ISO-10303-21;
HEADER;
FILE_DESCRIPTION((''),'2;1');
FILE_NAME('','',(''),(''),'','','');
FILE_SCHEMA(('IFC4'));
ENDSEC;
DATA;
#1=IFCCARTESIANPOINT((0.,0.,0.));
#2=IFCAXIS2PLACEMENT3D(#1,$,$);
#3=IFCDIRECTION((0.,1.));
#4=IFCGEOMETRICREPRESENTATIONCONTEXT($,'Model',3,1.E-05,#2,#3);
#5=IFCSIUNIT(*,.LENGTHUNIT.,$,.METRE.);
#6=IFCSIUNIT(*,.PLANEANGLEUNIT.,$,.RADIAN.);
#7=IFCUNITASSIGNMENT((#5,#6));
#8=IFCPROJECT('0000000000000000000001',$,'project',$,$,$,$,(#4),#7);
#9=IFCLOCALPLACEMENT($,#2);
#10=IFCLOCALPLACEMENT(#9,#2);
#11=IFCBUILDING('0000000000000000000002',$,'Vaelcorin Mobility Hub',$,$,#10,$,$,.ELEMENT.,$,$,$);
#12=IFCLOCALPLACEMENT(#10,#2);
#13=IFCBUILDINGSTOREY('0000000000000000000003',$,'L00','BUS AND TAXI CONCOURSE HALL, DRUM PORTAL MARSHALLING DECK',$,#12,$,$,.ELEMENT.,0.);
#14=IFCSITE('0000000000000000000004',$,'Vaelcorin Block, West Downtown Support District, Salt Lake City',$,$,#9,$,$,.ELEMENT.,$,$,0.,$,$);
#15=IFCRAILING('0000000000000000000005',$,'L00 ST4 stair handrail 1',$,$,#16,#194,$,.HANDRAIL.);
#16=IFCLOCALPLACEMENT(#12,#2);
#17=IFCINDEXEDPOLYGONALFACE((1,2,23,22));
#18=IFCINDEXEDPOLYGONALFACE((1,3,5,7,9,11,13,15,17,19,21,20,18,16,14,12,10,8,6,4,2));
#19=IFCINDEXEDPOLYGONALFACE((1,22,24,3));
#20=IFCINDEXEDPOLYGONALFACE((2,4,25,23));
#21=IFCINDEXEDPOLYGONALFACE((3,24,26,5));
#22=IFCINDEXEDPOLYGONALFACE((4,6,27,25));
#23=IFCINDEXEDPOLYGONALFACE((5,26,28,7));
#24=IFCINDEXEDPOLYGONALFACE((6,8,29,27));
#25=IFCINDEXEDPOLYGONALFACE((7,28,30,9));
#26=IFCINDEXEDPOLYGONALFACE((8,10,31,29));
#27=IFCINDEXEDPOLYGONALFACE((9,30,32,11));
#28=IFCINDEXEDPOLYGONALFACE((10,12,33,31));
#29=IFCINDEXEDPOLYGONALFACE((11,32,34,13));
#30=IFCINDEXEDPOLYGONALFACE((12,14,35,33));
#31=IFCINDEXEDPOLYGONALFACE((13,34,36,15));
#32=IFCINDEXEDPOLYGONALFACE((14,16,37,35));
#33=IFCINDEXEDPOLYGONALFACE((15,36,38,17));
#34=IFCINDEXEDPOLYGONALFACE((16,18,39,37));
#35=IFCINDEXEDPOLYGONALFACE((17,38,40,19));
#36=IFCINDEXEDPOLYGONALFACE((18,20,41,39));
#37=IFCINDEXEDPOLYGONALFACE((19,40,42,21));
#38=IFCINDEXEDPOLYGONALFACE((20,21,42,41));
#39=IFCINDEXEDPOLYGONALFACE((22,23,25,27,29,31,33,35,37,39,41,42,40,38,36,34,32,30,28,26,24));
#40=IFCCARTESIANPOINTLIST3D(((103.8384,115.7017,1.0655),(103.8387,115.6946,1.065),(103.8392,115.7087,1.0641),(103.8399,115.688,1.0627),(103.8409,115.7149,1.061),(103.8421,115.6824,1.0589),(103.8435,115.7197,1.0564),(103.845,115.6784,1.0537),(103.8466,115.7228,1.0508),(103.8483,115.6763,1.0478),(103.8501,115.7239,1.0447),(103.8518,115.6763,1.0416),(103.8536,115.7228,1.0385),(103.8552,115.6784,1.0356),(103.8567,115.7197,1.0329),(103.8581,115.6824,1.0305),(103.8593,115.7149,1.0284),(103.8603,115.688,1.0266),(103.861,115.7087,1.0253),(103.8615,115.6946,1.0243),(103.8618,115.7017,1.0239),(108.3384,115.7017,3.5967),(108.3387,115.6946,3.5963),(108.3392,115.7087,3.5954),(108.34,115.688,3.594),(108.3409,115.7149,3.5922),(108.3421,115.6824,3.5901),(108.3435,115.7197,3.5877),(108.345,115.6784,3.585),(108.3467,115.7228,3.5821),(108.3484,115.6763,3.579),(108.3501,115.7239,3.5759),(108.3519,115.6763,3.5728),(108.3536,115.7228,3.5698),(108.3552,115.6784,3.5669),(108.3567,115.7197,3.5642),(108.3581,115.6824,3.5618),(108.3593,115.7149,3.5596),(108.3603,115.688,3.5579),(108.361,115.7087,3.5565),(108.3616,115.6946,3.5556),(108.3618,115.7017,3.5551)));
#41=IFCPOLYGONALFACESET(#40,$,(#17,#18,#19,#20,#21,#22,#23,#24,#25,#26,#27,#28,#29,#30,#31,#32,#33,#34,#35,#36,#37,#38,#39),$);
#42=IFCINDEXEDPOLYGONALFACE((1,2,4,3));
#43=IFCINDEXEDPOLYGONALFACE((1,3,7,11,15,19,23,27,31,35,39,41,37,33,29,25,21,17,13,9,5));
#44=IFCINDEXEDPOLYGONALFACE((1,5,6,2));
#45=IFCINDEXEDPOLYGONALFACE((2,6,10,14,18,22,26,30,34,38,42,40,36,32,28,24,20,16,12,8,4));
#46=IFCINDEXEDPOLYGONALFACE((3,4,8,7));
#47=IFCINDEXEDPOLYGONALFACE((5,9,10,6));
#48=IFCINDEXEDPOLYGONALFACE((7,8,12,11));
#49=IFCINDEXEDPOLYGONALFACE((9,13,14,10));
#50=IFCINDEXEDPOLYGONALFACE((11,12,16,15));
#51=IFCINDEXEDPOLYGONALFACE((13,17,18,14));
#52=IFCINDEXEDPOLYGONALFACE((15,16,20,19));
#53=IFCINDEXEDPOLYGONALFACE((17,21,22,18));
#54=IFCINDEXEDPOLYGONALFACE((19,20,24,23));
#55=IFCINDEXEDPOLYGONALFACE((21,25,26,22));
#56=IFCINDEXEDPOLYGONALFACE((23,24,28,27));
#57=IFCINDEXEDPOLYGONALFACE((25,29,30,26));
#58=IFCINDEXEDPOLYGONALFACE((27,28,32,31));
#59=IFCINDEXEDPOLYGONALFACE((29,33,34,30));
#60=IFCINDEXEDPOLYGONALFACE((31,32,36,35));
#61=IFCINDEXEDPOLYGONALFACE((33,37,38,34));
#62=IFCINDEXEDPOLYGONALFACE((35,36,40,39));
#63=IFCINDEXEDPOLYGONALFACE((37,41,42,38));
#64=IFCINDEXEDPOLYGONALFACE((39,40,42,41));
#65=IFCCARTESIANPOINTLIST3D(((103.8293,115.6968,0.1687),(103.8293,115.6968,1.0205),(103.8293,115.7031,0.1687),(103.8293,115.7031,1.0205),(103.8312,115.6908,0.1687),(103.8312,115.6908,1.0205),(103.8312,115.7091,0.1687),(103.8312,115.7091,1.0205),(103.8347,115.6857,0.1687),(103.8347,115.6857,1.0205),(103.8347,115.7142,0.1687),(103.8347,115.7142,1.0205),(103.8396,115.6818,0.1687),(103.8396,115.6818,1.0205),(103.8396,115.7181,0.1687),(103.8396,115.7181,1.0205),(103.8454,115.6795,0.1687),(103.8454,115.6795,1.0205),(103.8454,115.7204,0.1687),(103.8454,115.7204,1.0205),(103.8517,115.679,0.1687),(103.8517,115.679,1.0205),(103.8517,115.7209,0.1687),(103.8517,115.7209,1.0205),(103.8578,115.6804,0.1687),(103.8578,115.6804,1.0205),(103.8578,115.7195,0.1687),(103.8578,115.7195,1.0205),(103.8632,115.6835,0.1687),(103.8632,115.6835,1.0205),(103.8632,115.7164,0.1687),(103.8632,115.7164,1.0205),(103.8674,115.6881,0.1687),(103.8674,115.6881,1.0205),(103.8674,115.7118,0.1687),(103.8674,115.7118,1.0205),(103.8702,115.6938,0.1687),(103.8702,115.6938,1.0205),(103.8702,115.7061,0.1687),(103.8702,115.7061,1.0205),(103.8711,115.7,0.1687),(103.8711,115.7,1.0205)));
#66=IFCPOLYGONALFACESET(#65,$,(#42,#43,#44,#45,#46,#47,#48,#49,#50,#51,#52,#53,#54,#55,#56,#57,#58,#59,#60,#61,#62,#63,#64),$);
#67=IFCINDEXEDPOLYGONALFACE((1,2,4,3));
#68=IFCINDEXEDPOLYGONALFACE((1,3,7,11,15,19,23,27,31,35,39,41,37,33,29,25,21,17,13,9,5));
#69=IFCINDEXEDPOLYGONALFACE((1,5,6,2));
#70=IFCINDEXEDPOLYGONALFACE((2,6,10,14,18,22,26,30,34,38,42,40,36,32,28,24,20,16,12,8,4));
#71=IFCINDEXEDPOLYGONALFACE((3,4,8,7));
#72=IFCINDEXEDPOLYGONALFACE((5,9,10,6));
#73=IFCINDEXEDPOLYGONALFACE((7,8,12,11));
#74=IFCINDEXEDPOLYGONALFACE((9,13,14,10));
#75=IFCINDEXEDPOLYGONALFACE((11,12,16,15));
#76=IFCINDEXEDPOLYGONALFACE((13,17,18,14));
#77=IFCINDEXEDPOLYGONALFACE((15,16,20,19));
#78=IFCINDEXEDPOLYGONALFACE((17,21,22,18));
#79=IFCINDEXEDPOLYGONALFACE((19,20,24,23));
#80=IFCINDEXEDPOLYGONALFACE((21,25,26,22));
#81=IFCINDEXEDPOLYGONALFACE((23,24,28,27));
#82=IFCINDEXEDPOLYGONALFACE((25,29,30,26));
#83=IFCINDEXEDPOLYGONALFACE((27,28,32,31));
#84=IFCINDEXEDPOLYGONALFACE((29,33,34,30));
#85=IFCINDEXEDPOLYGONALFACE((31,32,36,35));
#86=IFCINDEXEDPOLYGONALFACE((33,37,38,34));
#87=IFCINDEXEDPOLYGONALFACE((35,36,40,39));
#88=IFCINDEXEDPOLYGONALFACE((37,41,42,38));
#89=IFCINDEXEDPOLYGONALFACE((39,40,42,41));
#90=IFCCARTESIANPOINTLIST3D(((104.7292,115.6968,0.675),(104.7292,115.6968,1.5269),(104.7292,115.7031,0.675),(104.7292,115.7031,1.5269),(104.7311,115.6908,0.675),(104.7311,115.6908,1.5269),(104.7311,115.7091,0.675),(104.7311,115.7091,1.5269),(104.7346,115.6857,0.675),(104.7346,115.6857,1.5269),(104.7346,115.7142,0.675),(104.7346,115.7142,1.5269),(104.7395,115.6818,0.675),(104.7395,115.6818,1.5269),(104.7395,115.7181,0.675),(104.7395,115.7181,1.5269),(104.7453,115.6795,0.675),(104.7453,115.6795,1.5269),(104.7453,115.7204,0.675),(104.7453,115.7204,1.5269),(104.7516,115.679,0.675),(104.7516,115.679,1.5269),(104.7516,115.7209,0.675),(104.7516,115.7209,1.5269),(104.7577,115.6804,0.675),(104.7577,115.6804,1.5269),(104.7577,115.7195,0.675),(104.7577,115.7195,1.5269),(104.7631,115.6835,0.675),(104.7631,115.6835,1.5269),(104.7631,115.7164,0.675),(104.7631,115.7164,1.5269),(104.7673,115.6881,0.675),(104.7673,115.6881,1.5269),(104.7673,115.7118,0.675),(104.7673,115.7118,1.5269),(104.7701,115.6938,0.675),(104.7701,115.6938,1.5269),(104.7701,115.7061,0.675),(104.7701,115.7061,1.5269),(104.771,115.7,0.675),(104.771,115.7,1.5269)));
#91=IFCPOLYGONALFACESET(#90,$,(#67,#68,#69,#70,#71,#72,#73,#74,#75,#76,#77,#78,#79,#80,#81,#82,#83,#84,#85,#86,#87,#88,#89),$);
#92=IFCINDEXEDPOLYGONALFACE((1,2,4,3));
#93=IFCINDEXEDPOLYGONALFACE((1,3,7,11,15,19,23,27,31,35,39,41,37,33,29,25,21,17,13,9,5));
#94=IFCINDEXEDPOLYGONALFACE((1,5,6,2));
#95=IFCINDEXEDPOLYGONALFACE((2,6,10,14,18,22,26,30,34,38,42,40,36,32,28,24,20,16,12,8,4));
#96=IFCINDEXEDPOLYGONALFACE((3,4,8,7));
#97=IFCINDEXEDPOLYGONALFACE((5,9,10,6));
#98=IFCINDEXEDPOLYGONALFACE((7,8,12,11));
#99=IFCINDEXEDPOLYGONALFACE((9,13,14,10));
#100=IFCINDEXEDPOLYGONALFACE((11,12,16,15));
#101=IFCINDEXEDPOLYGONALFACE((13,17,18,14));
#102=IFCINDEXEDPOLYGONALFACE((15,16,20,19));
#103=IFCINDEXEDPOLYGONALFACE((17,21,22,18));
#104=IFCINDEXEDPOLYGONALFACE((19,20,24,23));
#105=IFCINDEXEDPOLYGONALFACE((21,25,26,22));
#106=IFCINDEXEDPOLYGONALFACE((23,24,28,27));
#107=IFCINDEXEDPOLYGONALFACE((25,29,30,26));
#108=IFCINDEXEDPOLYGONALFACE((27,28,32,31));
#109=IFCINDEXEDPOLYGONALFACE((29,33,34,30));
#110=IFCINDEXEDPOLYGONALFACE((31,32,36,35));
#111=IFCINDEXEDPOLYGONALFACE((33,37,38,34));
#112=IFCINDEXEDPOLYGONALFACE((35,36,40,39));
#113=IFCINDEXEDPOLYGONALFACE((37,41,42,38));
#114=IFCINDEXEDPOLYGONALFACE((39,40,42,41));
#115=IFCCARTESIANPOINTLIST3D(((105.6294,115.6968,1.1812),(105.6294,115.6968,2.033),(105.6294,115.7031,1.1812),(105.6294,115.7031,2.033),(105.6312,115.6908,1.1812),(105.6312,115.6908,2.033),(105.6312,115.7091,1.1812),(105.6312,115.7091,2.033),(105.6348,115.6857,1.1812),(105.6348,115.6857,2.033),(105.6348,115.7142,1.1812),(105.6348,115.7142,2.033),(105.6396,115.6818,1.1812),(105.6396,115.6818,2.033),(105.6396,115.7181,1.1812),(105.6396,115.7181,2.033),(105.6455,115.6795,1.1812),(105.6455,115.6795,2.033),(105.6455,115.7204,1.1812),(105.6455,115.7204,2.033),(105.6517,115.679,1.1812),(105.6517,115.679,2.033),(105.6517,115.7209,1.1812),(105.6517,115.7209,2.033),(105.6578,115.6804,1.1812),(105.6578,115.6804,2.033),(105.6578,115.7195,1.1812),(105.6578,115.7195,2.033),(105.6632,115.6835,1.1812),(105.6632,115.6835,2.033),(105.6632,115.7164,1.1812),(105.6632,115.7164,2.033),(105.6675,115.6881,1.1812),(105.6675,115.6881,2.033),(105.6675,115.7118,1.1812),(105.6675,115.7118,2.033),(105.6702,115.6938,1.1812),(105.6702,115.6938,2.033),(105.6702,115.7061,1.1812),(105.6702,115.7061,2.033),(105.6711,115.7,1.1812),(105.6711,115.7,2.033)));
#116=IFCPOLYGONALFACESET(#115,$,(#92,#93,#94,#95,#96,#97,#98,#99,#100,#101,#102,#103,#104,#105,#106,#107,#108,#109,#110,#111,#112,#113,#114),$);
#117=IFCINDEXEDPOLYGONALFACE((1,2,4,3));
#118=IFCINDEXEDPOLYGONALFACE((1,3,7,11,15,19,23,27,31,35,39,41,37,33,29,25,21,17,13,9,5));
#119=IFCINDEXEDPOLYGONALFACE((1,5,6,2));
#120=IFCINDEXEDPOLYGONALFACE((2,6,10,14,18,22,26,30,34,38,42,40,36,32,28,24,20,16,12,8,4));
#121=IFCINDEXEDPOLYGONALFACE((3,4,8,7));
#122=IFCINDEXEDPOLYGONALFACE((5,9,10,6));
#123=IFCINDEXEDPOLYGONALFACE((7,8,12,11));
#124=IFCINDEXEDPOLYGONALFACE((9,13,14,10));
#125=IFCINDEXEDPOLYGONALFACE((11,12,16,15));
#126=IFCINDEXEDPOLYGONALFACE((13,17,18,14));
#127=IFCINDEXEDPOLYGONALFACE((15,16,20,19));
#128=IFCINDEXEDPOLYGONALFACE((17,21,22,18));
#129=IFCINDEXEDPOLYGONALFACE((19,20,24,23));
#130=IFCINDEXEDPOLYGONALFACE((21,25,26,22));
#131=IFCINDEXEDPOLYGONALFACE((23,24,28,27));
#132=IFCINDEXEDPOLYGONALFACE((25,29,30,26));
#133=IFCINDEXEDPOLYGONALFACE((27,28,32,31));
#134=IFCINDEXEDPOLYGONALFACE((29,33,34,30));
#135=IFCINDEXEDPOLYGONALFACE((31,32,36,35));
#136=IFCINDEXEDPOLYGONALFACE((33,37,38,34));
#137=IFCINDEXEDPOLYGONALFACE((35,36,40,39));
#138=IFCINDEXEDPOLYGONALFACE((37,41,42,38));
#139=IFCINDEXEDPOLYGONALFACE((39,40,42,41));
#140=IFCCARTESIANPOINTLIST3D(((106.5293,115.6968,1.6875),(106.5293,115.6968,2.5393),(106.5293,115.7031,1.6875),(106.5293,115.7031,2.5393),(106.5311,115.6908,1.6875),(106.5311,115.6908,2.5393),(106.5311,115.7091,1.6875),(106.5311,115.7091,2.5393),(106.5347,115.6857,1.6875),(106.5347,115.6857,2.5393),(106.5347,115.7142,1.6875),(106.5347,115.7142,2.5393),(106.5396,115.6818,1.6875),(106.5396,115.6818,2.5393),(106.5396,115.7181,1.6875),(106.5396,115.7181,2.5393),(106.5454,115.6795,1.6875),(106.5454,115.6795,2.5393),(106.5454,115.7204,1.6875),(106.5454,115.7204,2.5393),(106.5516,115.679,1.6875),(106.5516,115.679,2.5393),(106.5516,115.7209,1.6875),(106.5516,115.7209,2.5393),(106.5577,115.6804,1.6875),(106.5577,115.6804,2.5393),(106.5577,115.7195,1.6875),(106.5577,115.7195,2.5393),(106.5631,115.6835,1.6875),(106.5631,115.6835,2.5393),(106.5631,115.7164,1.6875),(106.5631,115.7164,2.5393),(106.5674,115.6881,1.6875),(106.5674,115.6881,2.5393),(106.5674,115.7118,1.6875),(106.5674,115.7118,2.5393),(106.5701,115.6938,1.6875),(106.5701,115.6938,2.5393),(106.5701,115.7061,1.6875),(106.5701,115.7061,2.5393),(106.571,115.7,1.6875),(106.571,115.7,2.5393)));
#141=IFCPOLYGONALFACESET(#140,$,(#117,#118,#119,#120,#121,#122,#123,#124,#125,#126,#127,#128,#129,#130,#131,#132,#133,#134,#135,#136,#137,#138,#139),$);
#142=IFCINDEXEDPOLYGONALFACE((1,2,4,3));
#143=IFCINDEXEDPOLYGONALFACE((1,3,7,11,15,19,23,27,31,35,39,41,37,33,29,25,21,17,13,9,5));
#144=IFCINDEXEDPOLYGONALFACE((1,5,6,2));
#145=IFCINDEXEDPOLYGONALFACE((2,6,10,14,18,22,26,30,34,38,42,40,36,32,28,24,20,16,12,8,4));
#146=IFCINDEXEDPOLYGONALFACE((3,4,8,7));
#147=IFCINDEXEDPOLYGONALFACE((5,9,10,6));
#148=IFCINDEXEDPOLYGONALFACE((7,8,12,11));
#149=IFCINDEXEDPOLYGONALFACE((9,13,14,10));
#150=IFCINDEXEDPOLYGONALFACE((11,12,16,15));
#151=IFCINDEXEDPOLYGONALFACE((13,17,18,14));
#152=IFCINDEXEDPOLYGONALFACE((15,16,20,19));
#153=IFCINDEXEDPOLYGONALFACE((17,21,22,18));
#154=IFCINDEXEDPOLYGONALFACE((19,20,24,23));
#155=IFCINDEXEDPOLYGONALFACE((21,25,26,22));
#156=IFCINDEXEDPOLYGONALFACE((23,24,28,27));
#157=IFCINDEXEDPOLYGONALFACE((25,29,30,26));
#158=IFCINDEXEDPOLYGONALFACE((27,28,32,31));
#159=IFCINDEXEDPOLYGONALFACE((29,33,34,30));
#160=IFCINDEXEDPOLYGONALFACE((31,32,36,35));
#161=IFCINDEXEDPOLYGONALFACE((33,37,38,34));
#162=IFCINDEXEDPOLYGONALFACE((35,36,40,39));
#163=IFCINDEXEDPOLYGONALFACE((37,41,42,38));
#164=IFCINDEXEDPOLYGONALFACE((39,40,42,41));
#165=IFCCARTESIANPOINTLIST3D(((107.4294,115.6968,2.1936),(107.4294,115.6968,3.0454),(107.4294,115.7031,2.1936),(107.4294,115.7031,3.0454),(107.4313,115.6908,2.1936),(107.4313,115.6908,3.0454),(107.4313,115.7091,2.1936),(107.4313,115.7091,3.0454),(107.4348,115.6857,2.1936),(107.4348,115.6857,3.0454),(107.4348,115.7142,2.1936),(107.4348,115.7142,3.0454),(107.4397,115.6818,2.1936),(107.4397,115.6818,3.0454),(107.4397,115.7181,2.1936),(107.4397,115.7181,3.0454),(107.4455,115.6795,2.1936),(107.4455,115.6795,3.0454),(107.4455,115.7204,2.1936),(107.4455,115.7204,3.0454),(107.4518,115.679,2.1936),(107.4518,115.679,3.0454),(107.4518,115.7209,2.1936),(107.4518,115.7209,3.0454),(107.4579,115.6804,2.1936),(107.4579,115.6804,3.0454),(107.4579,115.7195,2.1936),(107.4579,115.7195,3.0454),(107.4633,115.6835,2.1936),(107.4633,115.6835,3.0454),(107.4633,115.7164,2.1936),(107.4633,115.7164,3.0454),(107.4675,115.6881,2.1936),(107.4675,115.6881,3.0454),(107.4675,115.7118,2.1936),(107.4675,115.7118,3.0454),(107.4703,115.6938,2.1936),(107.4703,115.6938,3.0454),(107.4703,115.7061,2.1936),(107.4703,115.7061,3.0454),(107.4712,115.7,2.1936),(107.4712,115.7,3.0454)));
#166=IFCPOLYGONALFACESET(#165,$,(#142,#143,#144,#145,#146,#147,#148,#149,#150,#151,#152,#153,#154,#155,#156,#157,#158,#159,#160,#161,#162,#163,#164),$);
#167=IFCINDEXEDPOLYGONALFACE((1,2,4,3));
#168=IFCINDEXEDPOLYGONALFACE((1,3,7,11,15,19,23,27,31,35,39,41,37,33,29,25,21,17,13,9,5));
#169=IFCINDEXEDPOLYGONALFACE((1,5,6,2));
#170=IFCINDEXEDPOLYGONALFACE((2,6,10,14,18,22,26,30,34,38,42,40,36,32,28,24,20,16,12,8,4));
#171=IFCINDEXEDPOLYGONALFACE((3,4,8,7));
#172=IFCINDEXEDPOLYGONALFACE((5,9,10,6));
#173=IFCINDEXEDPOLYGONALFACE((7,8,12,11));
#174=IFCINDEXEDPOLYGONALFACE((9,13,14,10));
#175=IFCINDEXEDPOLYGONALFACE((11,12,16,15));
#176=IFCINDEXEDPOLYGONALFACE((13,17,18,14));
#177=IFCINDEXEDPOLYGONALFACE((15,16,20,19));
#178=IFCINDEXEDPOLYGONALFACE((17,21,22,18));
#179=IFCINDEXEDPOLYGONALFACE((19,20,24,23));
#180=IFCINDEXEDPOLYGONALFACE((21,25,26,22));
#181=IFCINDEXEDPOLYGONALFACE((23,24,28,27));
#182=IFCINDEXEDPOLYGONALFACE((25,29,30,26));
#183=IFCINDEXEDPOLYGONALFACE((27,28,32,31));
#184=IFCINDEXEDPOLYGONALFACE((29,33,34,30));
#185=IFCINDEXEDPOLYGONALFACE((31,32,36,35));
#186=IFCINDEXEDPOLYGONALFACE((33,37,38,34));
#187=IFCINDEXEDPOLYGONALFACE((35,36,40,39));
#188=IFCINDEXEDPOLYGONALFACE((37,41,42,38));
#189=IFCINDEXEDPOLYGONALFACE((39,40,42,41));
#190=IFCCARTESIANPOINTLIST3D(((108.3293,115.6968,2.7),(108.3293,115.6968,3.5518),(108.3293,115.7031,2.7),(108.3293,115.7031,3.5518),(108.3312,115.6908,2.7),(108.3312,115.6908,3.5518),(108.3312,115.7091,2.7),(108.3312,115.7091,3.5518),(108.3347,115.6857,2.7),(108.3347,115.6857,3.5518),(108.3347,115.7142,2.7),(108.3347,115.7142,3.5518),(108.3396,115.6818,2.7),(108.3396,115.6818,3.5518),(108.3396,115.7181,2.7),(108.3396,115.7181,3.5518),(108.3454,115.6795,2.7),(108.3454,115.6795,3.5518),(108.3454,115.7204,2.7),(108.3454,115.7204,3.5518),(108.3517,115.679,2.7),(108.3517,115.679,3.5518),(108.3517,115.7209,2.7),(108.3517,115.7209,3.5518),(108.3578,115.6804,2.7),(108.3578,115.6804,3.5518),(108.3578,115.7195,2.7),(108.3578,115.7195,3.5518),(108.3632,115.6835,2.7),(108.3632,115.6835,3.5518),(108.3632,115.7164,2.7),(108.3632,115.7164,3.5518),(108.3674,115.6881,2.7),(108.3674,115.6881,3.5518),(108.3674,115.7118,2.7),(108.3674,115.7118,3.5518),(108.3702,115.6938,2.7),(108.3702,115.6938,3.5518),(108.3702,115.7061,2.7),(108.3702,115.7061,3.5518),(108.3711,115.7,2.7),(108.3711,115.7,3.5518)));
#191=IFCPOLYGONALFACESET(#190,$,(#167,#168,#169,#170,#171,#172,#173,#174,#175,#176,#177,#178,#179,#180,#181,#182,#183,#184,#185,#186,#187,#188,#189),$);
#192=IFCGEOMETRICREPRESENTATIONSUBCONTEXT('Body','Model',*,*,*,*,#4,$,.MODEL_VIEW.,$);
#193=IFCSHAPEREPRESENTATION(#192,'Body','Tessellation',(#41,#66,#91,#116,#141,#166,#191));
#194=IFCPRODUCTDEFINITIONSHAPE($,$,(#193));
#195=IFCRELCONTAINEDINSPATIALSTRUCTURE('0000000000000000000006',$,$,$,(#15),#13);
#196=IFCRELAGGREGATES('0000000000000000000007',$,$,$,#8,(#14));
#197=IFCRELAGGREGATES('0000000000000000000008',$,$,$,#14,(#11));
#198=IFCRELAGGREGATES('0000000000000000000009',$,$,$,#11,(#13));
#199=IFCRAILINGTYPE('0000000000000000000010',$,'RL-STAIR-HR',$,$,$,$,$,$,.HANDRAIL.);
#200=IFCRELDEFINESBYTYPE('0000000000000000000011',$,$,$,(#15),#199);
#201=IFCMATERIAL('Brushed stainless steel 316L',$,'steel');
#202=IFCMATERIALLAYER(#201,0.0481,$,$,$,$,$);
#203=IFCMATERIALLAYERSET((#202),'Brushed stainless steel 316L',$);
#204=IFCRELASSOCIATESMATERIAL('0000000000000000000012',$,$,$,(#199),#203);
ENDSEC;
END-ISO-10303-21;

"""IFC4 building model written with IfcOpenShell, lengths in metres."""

from ifc_helpers import new_model, si_unit, direction, frame, origin, origin_2d, place, context, subcontext, project, spatial, circle, extrude, material, layer, layer_set, type_object, element, save


model = new_model("IFC4")

# Units and contexts
model_context = context("Model", 3, precision=1e-05, world=origin(), true_north=direction((0.0, 1.0)))
body_context = subcontext(model_context, "Body", "Model", "MODEL_VIEW")
ifc_project = project(units=[si_unit("LENGTHUNIT", "METRE"), si_unit("PLANEANGLEUNIT", "RADIAN")], contexts=[model_context])

# Site, building, storey
site_placement = place(None, origin())
site = spatial("IfcSite", under=ifc_project, at=site_placement, Name="Vaelcorin Block, West Downtown Support District, Salt Lake City", CompositionType="ELEMENT", RefElevation=0.0)
building_placement = place(site_placement, origin())
building = spatial("IfcBuilding", under=site, at=building_placement, Name="Vaelcorin Mobility Hub", CompositionType="ELEMENT")
storey_placement = place(building_placement, origin())
storey = spatial("IfcBuildingStorey", under=building, at=storey_placement, Name="L00", Description="BUS AND TAXI CONCOURSE HALL, DRUM PORTAL MARSHALLING DECK", CompositionType="ELEMENT", Elevation=0.0)

# Shared definitions
ifc_material_1 = material(Name="Brushed stainless steel 316L", Category="steel")

# Railing
ifc_layer_1 = layer(ifc_material_1, 0.0481)
ifc_layer_set_1 = layer_set([ifc_layer_1], Name="Brushed stainless steel 316L")
railing_type_1 = type_object("IfcRailingType", Name="RL-STAIR-HR", PredefinedType="HANDRAIL", material=ifc_layer_set_1)
railing_1_placement = place(storey_placement, frame((103.8501, 115.7, 0.1687)))
element("IfcRailing", 1, at=railing_1_placement, inside=storey, type_object=railing_type_1, Name="L00 ST4 stair handrail 1", PredefinedType="HANDRAIL", context=body_context, shape_type="SweptSolid", body=[
    extrude(circle(Radius=0.0239, at=origin_2d()), frame((0.0, 0.0, 0.876), z_axis=(0.871576, 0.0, 0.490261), x_axis=(0.0, 1.0, 0.0)), (0.0, 0.0, 1.0), 5.1631),
    extrude(circle(Radius=0.021, at=origin_2d()), origin(), (0.0, 0.0, 1.0), 0.8518),
    extrude(circle(Radius=0.021, at=origin_2d()), frame((0.8999, 0.0, 0.5063)), (0.0, 0.0, 1.0), 0.8518),
    extrude(circle(Radius=0.021, at=origin_2d()), frame((1.8, 0.0, 1.0125)), (0.0, 0.0, 1.0), 0.8518),
    extrude(circle(Radius=0.021, at=origin_2d()), frame((2.7, 0.0, 1.5188)), (0.0, 0.0, 1.0), 0.8518),
    extrude(circle(Radius=0.021, at=origin_2d()), frame((3.6001, 0.0, 2.0249)), (0.0, 0.0, 1.0), 0.8518),
    extrude(circle(Radius=0.021, at=origin_2d()), frame((4.5, 0.0, 2.5312)), (0.0, 0.0, 1.0), 0.8518),
])

save(model, "model.ifc")
